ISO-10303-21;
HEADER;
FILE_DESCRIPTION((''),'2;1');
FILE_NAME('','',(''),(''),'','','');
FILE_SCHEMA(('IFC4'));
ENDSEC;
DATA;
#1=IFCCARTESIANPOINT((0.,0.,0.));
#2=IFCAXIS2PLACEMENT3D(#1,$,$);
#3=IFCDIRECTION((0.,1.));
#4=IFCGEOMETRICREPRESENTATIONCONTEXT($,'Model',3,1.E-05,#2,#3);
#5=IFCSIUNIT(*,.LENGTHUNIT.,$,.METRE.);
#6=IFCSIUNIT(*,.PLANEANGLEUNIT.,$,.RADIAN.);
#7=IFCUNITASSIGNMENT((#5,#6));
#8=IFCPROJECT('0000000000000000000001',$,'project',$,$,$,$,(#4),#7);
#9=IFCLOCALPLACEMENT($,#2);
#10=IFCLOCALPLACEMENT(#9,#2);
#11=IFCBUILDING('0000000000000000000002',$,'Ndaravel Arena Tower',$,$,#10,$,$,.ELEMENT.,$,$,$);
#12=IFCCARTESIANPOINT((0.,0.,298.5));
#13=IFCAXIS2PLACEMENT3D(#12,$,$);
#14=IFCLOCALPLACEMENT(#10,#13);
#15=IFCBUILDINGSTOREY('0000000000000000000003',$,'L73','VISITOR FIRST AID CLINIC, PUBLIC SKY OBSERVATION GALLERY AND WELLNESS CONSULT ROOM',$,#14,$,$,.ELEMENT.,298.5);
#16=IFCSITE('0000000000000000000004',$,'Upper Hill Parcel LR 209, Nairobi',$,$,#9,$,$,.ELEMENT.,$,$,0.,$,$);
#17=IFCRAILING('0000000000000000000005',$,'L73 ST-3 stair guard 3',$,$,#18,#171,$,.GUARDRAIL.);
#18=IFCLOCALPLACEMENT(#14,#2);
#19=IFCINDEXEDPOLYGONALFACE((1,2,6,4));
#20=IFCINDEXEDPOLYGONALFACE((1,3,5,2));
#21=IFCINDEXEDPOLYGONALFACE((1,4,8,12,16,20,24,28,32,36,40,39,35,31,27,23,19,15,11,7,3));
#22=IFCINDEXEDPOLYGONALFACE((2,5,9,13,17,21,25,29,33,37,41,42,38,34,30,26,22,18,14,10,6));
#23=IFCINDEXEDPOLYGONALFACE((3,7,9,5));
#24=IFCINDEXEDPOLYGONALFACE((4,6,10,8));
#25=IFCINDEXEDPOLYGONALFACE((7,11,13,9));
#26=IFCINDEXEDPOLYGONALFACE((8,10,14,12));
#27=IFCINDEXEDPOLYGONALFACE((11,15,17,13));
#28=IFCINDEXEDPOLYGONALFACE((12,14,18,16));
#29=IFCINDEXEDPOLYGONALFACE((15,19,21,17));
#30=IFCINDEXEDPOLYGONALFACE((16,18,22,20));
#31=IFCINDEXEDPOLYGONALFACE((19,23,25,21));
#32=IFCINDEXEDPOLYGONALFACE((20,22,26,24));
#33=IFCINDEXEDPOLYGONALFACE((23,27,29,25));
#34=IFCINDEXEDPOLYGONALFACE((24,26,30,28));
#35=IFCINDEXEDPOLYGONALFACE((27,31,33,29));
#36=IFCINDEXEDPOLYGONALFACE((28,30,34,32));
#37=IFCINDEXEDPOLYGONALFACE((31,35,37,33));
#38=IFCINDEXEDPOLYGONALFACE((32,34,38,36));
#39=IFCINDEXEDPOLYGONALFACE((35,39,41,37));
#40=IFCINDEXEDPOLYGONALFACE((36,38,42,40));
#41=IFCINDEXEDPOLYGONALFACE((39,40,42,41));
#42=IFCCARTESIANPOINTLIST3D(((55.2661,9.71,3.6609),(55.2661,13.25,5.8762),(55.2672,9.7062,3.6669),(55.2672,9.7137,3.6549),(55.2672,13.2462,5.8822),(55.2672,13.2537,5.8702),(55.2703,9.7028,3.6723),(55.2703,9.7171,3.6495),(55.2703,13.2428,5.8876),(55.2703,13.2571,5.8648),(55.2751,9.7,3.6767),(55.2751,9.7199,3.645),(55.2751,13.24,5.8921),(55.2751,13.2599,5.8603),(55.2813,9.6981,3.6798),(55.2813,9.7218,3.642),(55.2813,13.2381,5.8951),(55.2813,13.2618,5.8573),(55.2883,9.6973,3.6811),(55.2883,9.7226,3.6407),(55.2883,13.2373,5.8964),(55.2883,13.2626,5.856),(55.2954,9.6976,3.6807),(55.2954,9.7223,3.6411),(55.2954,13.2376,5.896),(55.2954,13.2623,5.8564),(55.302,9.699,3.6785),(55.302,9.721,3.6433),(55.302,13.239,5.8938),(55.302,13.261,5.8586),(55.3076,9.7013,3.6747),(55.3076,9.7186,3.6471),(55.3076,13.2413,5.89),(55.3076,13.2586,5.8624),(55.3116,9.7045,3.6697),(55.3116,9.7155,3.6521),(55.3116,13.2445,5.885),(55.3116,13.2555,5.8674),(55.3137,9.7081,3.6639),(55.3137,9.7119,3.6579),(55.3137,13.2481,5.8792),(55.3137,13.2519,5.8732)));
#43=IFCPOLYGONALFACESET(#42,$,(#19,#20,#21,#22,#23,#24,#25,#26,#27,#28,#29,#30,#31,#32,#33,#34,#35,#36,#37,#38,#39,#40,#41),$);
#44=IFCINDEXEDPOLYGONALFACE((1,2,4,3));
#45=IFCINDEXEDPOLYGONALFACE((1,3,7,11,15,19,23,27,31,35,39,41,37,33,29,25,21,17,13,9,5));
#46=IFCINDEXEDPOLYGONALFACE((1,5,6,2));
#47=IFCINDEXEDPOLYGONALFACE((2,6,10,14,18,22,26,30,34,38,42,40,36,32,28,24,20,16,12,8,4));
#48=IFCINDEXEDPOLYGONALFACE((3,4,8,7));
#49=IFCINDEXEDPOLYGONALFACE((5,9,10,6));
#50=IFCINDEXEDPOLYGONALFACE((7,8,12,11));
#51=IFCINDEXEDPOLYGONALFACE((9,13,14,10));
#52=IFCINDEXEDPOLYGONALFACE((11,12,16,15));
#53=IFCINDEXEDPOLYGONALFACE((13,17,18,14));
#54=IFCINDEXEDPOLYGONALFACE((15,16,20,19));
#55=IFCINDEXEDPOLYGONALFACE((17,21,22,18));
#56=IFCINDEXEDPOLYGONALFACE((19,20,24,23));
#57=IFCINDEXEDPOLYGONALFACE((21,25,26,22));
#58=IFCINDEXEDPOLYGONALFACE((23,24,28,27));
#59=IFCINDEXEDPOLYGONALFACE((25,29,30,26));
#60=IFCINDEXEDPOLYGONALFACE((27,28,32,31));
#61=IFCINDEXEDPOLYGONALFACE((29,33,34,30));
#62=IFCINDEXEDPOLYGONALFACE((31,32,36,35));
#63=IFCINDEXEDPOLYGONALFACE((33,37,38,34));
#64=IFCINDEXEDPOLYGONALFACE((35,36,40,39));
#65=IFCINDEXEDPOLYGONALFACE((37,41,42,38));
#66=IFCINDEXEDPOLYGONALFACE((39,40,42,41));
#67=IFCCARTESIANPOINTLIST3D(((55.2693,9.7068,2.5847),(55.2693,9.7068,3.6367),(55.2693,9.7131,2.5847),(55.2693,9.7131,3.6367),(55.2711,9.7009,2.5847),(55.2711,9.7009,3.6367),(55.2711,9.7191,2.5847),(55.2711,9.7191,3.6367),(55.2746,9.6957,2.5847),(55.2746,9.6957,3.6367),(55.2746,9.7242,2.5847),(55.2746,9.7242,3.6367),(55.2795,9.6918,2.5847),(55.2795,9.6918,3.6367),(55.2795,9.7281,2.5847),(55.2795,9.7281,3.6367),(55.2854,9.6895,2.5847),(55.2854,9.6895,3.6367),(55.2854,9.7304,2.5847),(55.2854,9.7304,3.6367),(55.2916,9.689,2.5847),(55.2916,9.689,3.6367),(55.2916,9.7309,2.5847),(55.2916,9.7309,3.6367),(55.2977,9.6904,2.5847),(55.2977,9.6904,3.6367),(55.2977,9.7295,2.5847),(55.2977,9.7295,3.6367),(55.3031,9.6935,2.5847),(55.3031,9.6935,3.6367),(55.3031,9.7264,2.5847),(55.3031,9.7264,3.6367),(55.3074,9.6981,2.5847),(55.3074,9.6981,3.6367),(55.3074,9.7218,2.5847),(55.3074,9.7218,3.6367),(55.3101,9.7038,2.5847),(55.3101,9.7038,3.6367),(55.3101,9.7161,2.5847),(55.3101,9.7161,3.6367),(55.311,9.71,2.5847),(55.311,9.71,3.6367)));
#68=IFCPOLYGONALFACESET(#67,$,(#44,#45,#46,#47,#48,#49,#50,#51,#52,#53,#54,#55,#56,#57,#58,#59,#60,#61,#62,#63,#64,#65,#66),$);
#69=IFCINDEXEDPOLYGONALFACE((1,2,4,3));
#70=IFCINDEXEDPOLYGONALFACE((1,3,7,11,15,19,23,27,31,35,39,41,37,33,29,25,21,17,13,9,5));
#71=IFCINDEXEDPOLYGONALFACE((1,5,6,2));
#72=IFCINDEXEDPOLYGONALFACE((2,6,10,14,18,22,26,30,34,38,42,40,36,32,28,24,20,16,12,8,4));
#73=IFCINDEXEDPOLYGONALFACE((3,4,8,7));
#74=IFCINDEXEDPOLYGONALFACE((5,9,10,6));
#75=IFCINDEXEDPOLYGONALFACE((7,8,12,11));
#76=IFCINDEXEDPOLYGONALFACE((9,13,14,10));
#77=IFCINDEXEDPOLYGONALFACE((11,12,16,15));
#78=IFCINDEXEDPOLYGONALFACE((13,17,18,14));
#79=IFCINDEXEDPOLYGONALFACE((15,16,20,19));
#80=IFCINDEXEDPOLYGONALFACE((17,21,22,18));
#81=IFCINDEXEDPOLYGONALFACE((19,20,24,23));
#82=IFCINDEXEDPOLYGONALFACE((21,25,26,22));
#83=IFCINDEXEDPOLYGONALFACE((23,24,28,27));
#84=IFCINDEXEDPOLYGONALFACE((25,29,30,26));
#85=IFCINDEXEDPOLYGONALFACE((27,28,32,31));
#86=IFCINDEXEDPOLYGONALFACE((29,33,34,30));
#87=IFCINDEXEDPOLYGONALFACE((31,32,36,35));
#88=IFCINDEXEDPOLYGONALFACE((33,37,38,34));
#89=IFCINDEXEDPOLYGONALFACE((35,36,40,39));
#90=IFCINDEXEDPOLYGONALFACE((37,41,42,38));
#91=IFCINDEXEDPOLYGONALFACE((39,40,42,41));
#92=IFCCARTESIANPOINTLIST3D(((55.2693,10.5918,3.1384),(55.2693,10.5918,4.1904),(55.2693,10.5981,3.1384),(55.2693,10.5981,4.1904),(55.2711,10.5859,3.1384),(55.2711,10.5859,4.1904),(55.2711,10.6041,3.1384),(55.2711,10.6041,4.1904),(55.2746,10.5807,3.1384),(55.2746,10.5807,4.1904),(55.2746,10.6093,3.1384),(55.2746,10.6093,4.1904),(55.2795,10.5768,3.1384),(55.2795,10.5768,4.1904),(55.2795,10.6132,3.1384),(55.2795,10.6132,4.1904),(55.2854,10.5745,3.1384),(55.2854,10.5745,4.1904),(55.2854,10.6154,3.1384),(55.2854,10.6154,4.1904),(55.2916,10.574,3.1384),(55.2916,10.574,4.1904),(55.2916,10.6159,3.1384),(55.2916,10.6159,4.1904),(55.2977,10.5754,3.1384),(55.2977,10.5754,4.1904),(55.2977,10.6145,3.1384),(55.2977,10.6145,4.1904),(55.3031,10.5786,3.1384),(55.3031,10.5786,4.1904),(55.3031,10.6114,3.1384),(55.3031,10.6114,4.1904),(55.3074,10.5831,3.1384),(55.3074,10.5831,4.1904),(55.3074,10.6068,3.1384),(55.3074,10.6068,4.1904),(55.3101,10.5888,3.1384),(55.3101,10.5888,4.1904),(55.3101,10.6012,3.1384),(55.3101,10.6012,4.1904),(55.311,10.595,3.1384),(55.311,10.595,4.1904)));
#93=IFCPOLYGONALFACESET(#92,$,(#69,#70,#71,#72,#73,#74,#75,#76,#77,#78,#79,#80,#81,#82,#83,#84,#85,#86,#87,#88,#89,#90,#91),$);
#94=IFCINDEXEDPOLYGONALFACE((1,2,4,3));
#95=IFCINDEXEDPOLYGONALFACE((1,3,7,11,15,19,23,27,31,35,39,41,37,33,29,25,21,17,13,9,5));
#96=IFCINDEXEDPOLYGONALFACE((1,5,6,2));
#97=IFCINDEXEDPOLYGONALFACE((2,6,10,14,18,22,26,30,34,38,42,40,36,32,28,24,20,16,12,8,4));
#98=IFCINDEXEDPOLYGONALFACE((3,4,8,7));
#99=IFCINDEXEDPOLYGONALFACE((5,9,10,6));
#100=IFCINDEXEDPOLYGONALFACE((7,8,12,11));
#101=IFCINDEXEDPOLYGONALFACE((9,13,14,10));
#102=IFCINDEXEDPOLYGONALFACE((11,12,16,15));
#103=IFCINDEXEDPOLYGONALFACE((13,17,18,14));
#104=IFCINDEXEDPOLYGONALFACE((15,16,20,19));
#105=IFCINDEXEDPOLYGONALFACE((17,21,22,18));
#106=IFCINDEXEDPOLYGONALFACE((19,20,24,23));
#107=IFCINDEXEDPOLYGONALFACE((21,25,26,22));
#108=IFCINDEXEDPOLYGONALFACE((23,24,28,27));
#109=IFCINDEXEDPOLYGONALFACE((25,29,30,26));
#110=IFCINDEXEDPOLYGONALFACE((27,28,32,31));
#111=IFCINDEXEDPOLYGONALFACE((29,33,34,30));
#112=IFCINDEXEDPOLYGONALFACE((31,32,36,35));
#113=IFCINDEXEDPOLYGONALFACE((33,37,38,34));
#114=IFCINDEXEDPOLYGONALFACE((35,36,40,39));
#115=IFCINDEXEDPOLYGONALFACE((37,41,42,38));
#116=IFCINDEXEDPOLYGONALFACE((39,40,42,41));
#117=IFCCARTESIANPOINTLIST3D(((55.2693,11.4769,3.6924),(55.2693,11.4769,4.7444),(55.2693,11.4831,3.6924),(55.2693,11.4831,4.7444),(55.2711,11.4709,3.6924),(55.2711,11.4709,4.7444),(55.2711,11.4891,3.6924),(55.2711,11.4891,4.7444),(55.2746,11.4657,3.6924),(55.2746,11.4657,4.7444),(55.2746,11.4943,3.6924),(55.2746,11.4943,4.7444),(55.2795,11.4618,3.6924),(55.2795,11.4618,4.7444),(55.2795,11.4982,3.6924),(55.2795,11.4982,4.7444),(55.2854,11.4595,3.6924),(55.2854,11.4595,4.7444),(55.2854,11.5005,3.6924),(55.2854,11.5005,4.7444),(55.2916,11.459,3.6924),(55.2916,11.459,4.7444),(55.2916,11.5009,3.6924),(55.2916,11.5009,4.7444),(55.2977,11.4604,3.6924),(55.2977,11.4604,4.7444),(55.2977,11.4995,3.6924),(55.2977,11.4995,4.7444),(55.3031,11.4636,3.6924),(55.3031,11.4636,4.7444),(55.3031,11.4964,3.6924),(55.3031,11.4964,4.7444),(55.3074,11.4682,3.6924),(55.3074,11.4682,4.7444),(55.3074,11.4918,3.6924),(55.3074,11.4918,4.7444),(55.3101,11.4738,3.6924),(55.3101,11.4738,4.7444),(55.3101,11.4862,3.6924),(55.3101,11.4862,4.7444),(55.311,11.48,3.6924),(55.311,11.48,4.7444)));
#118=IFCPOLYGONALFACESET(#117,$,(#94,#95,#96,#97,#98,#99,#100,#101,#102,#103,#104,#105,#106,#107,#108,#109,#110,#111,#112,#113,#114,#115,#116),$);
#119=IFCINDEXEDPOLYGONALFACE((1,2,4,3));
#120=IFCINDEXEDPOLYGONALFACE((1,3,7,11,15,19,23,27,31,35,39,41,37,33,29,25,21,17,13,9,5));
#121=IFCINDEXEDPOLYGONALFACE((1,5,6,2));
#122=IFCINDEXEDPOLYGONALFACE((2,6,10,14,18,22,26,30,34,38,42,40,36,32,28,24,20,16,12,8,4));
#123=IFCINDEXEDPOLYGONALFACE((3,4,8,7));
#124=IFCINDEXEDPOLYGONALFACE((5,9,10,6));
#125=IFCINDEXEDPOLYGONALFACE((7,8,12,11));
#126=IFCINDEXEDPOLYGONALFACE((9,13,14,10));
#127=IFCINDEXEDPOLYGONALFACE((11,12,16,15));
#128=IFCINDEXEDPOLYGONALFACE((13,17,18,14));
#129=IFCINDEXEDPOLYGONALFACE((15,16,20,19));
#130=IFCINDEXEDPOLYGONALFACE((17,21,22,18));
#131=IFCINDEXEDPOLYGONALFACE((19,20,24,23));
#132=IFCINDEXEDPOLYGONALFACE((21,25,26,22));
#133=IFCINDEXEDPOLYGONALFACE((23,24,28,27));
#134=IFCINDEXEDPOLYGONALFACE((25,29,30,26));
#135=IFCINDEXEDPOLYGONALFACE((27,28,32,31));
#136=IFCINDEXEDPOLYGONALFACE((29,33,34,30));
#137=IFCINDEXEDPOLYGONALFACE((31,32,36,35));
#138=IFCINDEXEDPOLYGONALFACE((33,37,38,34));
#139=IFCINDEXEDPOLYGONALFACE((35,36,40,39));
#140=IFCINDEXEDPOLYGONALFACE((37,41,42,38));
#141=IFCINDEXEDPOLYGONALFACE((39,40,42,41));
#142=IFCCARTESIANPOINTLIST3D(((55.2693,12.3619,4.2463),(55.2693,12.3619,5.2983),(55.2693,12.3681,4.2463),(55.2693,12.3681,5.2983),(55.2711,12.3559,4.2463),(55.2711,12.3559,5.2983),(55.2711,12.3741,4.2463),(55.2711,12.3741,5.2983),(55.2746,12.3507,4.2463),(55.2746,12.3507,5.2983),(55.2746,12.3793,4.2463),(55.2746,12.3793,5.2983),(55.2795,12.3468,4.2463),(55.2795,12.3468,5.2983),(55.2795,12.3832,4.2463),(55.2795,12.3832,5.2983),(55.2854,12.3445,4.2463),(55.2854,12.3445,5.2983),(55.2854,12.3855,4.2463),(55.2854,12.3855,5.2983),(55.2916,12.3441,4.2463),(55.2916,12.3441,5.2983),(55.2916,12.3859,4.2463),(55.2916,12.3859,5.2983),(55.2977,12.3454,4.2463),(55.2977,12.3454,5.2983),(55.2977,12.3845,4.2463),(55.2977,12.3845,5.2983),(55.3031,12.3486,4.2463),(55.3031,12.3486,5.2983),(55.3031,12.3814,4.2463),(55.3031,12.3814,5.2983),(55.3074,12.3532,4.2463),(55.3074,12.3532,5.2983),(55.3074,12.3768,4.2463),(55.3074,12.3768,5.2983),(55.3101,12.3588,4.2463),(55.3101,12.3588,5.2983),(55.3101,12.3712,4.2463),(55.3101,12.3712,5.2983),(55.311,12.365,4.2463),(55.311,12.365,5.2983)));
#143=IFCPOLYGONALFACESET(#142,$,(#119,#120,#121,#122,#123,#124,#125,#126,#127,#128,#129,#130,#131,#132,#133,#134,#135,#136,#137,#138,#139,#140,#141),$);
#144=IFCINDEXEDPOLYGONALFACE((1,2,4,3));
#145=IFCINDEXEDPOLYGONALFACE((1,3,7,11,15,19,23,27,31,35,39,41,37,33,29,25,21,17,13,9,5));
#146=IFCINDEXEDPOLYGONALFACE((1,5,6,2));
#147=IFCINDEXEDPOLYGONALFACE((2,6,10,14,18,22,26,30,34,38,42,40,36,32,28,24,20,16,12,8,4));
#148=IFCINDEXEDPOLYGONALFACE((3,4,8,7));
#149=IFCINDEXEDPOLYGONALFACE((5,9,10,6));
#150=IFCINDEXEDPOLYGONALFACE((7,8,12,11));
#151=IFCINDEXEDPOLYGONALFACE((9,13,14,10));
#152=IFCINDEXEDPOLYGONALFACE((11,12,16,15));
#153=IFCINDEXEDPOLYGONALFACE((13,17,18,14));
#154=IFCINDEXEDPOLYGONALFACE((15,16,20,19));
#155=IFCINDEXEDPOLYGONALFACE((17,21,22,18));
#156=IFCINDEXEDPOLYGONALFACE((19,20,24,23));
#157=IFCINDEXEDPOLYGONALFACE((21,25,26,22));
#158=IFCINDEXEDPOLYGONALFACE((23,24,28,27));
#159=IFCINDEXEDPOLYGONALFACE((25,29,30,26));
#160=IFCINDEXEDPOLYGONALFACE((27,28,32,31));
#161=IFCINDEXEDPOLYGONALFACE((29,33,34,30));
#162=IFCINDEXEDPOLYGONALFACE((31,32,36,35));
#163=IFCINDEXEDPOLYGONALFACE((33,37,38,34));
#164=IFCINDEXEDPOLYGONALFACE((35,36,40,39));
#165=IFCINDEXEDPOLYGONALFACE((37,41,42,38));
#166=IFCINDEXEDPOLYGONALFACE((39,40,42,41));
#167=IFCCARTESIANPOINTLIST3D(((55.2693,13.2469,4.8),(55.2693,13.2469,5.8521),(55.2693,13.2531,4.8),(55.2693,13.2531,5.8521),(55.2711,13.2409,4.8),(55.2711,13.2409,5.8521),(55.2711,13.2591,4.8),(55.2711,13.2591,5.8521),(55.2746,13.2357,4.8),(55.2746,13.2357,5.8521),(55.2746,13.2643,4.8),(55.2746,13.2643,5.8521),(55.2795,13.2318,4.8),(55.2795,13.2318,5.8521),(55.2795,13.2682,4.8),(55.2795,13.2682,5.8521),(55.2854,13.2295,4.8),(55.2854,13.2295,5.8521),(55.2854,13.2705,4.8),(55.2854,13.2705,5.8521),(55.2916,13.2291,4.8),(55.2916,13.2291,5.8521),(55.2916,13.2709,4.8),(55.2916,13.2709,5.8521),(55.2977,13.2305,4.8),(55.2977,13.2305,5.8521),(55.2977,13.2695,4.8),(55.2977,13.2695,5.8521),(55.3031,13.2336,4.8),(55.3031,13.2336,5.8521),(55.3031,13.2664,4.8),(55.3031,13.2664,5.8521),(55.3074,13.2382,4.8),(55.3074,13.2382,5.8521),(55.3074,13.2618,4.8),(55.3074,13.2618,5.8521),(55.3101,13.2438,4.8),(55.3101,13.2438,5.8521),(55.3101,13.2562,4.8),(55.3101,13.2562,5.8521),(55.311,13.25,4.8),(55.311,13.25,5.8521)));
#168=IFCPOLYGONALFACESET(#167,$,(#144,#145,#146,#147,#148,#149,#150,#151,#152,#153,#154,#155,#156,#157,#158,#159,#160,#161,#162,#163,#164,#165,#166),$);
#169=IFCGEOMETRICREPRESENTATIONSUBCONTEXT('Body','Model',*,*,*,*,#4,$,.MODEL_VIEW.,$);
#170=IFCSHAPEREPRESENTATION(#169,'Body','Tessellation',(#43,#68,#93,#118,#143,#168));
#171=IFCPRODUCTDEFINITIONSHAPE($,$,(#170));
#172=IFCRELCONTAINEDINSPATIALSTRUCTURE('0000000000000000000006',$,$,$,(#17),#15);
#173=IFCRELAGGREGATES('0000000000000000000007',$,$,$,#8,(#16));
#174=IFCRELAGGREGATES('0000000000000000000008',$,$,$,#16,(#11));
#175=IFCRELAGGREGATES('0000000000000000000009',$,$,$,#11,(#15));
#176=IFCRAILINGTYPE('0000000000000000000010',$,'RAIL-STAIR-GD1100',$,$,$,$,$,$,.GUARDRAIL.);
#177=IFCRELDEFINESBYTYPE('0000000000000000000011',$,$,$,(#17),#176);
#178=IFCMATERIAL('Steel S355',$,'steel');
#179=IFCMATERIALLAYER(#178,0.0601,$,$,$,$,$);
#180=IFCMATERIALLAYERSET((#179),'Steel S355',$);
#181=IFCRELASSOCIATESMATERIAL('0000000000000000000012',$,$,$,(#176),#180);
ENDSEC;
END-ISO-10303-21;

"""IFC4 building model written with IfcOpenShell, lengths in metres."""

from ifc_helpers import new_model, si_unit, direction, frame, origin, origin_2d, place, context, subcontext, project, spatial, circle, extrude, material, layer, layer_set, type_object, element, save


model = new_model("IFC4")

# Units and contexts
model_context = context("Model", 3, precision=1e-05, world=origin(), true_north=direction((0.0, 1.0)))
body_context = subcontext(model_context, "Body", "Model", "MODEL_VIEW")
ifc_project = project(units=[si_unit("LENGTHUNIT", "METRE"), si_unit("PLANEANGLEUNIT", "RADIAN")], contexts=[model_context])

# Site, building, storey
site_placement = place(None, origin())
site = spatial("IfcSite", under=ifc_project, at=site_placement, Name="Upper Hill Parcel LR 209, Nairobi", CompositionType="ELEMENT", RefElevation=0.0)
building_placement = place(site_placement, origin())
building = spatial("IfcBuilding", under=site, at=building_placement, Name="Ndaravel Arena Tower", CompositionType="ELEMENT")
storey_placement = place(building_placement, frame((0.0, 0.0, 298.5)))
storey = spatial("IfcBuildingStorey", under=building, at=storey_placement, Name="L73", Description="VISITOR FIRST AID CLINIC, PUBLIC SKY OBSERVATION GALLERY AND WELLNESS CONSULT ROOM", CompositionType="ELEMENT", Elevation=298.5)

# Railing
ifc_material_1 = material(Name="Steel S355", Category="steel")
ifc_layer_1 = layer(ifc_material_1, 0.0601)
ifc_layer_set_1 = layer_set([ifc_layer_1], Name="Steel S355")
railing_type_1 = type_object("IfcRailingType", Name="RAIL-STAIR-GD1100", PredefinedType="GUARDRAIL", material=ifc_layer_set_1)
railing_1_placement = place(storey_placement, frame((55.29, 9.71, 2.5847)))
element("IfcRailing", 1, at=railing_1_placement, inside=storey, type_object=railing_type_1, Name="L73 ST-3 stair guard 3", PredefinedType="GUARDRAIL", context=body_context, shape_type="SweptSolid", body=[
    extrude(circle(Radius=0.0239, at=origin_2d()), frame((0.0, 0.0, 1.0762), z_axis=(0.0, 0.847696, 0.530482), x_axis=(-1.0, 0.0, 0.0)), (0.0, 0.0, 1.0), 4.176),
    extrude(circle(Radius=0.021, at=origin_2d()), origin(), (0.0, 0.0, 1.0), 1.052),
    extrude(circle(Radius=0.021, at=origin_2d()), frame((0.0, 0.885, 0.5537)), (0.0, 0.0, 1.0), 1.052),
    extrude(circle(Radius=0.021, at=origin_2d()), frame((0.0, 1.77, 1.1077)), (0.0, 0.0, 1.0), 1.052),
    extrude(circle(Radius=0.021, at=origin_2d()), frame((0.0, 2.655, 1.6616)), (0.0, 0.0, 1.0), 1.052),
    extrude(circle(Radius=0.021, at=origin_2d()), frame((0.0, 3.54, 2.2153)), (0.0, 0.0, 1.0), 1.052),
])

save(model, "model.ifc")
